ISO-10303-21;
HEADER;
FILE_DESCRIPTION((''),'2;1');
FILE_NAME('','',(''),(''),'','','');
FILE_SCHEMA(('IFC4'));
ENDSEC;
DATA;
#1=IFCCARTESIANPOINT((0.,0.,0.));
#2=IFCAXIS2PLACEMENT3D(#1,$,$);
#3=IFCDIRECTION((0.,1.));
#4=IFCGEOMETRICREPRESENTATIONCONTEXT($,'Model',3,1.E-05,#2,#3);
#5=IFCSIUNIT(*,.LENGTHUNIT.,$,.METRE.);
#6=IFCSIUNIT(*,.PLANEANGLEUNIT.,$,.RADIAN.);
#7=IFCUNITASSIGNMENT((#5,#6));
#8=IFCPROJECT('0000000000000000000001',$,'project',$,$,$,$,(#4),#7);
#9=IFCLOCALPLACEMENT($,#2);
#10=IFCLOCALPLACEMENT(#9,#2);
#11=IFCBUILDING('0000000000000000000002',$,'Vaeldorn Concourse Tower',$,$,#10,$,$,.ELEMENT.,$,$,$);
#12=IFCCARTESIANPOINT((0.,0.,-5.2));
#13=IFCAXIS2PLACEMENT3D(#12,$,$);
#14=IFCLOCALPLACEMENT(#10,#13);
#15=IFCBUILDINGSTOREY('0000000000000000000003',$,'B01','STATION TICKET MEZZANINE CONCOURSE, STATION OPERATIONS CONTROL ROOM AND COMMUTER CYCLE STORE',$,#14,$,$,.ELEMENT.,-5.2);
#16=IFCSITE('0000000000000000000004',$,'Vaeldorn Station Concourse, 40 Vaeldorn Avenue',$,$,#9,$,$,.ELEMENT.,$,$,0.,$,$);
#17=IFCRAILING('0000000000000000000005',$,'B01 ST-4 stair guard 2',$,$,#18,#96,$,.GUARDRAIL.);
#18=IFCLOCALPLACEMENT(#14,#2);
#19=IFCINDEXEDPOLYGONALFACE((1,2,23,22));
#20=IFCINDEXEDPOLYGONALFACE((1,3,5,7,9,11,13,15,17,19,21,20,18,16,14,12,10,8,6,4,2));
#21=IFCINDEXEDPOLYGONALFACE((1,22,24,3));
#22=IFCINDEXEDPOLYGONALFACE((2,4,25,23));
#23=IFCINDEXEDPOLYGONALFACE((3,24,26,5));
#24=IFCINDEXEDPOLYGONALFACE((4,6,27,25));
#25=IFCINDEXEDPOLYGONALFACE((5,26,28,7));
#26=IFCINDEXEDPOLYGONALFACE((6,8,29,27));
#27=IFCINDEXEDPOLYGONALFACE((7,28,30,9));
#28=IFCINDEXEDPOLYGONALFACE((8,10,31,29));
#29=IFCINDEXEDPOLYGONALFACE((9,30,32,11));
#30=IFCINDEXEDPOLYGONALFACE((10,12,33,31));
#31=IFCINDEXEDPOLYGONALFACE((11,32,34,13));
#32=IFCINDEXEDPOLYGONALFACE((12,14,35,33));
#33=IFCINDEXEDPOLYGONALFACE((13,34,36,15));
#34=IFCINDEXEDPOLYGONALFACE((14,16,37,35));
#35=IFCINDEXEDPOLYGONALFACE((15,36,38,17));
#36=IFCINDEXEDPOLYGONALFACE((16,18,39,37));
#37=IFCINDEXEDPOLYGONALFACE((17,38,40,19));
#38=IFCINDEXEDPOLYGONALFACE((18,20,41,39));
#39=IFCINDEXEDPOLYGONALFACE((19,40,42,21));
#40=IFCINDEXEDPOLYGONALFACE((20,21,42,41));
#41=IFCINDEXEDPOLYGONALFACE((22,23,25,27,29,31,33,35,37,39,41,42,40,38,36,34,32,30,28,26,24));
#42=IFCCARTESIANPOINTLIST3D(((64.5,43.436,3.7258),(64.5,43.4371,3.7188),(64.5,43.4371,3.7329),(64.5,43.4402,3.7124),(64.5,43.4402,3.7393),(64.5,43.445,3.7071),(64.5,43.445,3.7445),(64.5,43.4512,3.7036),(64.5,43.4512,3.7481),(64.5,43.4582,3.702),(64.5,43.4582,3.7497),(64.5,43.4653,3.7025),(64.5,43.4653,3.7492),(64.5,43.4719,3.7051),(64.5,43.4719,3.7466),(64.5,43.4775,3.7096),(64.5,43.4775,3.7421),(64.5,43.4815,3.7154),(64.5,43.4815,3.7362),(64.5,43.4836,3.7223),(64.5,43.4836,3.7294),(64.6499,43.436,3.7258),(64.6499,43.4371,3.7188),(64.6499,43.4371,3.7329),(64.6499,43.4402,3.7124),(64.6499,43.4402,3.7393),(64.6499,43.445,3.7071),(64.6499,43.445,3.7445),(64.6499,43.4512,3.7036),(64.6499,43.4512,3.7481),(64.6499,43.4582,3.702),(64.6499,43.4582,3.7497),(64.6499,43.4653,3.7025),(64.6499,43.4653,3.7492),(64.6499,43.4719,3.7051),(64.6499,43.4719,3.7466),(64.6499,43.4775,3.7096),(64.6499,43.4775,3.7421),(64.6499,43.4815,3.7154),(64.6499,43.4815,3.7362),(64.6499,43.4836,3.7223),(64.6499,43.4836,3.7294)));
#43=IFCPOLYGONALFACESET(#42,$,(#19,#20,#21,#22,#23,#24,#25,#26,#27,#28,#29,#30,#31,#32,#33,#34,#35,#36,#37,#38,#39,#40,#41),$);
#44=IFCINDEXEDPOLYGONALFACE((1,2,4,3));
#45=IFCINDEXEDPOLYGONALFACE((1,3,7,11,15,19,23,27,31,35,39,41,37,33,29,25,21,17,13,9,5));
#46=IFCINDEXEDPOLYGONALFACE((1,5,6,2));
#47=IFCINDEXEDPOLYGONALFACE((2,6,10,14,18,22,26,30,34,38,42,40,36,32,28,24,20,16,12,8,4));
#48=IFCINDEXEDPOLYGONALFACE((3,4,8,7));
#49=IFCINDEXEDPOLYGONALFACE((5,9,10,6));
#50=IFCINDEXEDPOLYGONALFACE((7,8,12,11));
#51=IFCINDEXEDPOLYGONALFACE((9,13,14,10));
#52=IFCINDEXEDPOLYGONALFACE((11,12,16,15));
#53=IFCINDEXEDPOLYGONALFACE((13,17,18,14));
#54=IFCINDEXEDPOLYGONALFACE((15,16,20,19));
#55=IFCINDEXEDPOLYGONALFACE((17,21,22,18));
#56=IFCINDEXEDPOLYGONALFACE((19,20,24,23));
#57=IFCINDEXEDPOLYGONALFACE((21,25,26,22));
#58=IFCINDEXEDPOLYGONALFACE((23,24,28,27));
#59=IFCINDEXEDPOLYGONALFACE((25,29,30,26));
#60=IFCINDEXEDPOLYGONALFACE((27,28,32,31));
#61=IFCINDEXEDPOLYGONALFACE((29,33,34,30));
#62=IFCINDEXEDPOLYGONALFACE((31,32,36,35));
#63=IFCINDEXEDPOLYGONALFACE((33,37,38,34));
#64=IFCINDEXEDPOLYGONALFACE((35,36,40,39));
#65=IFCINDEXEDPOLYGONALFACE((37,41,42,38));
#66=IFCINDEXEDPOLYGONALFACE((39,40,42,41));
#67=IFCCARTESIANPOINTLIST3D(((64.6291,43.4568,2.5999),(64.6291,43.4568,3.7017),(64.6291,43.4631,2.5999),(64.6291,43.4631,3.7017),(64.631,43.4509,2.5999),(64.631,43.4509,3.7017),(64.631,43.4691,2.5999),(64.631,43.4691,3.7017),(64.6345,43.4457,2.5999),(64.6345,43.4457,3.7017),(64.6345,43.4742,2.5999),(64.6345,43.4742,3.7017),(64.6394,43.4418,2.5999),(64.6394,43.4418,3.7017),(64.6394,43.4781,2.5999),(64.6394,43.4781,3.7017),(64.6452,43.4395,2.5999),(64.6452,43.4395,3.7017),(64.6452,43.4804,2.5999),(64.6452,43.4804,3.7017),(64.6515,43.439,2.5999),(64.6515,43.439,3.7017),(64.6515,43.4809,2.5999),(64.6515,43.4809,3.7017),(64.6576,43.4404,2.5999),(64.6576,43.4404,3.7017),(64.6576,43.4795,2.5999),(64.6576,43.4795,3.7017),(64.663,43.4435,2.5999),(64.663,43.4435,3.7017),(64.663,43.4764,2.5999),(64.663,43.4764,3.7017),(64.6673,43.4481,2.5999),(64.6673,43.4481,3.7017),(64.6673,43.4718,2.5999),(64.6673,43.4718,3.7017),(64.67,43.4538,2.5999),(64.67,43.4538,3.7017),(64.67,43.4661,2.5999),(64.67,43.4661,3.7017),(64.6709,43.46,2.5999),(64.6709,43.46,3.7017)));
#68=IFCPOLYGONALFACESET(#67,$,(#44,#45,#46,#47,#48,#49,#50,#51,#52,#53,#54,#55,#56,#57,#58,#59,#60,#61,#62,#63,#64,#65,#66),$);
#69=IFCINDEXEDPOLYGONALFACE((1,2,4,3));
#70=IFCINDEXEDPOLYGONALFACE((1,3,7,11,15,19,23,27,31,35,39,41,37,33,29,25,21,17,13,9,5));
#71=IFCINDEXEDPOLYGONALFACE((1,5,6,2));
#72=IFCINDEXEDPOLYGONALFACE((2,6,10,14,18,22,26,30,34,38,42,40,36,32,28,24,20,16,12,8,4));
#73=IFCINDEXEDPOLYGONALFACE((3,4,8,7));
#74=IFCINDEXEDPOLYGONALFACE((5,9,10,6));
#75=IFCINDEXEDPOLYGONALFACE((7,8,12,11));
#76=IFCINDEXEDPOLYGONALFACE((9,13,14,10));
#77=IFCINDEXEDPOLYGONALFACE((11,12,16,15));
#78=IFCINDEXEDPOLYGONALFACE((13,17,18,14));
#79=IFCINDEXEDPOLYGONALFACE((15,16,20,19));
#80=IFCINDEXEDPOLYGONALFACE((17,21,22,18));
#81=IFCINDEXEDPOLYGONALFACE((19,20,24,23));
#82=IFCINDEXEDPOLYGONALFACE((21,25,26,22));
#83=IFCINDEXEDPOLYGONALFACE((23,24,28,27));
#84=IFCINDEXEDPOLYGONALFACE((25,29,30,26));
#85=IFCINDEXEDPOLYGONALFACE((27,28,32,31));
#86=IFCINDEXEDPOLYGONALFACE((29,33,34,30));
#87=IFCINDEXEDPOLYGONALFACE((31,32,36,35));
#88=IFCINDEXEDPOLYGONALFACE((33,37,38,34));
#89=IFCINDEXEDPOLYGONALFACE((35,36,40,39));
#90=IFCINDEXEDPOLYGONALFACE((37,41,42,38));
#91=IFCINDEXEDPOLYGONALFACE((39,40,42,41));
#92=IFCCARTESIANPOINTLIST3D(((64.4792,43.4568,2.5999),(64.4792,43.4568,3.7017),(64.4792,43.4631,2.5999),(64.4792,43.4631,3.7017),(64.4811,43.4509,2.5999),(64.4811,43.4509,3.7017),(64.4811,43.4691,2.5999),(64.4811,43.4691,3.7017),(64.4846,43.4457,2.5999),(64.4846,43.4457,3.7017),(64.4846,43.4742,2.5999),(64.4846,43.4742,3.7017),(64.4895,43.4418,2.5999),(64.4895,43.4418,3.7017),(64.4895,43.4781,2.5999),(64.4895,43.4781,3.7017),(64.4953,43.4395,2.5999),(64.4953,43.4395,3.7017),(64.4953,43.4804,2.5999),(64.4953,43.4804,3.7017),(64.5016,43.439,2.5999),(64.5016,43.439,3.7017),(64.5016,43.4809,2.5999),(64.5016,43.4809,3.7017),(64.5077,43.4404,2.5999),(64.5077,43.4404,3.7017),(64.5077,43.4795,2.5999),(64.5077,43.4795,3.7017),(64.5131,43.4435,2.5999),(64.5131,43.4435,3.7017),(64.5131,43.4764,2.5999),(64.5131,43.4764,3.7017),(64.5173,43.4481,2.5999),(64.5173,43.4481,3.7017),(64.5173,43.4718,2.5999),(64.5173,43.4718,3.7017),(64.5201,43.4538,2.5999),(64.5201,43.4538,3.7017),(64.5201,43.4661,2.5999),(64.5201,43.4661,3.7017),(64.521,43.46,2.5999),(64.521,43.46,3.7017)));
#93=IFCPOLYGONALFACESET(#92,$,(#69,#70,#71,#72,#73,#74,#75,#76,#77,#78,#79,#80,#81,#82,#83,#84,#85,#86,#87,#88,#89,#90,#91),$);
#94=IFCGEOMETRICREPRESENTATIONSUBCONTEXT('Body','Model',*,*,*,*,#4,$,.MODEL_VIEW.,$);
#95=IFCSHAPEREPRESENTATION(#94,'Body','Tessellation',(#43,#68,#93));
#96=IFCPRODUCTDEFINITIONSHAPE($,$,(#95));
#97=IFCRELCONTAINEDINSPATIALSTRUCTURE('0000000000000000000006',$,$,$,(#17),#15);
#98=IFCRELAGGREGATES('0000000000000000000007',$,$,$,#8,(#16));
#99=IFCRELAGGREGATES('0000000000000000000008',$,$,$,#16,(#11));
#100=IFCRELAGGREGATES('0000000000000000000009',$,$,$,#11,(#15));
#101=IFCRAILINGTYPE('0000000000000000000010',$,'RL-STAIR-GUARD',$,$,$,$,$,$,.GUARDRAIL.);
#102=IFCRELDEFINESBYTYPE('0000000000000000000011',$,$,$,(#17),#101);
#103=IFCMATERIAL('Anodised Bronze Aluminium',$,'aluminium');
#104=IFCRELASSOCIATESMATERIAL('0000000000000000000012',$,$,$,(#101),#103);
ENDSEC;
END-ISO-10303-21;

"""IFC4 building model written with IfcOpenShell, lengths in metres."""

from ifc_helpers import new_model, si_unit, direction, frame, origin, origin_2d, place, context, subcontext, project, spatial, circle, extrude, material, type_object, element, save


model = new_model("IFC4")

# Units and contexts
model_context = context("Model", 3, precision=1e-05, world=origin(), true_north=direction((0.0, 1.0)))
body_context = subcontext(model_context, "Body", "Model", "MODEL_VIEW")
ifc_project = project(units=[si_unit("LENGTHUNIT", "METRE"), si_unit("PLANEANGLEUNIT", "RADIAN")], contexts=[model_context])

# Site, building, storey
site_placement = place(None, origin())
site = spatial("IfcSite", under=ifc_project, at=site_placement, Name="Vaeldorn Station Concourse, 40 Vaeldorn Avenue", CompositionType="ELEMENT", RefElevation=0.0)
building_placement = place(site_placement, origin())
building = spatial("IfcBuilding", under=site, at=building_placement, Name="Vaeldorn Concourse Tower", CompositionType="ELEMENT")
storey_placement = place(building_placement, frame((0.0, 0.0, -5.2)))
storey = spatial("IfcBuildingStorey", under=building, at=storey_placement, Name="B01", Description="STATION TICKET MEZZANINE CONCOURSE, STATION OPERATIONS CONTROL ROOM AND COMMUTER CYCLE STORE", CompositionType="ELEMENT", Elevation=-5.2)

# Railing
ifc_material_1 = material(Name="Anodised Bronze Aluminium", Category="aluminium")
railing_type_1 = type_object("IfcRailingType", Name="RL-STAIR-GUARD", PredefinedType="GUARDRAIL", material=ifc_material_1)
railing_1_placement = place(storey_placement, frame((64.6499, 43.46, 2.5999)))
element("IfcRailing", 1, at=railing_1_placement, inside=storey, type_object=railing_type_1, Name="B01 ST-4 stair guard 2", PredefinedType="GUARDRAIL", context=body_context, shape_type="SweptSolid", body=[
    extrude(circle(Radius=0.0239, at=origin_2d()), frame((0.0, 0.0, 1.126), z_axis=(-1.0, 0.0, 0.0), x_axis=(0.0, -1.0, 0.0)), (0.0, 0.0, 1.0), 0.1499),
    extrude(circle(Radius=0.021, at=origin_2d()), origin(), (0.0, 0.0, 1.0), 1.1018),
    extrude(circle(Radius=0.021, at=origin_2d()), frame((-0.1499, 0.0, 0.0)), (0.0, 0.0, 1.0), 1.1018),
])

save(model, "model.ifc")
